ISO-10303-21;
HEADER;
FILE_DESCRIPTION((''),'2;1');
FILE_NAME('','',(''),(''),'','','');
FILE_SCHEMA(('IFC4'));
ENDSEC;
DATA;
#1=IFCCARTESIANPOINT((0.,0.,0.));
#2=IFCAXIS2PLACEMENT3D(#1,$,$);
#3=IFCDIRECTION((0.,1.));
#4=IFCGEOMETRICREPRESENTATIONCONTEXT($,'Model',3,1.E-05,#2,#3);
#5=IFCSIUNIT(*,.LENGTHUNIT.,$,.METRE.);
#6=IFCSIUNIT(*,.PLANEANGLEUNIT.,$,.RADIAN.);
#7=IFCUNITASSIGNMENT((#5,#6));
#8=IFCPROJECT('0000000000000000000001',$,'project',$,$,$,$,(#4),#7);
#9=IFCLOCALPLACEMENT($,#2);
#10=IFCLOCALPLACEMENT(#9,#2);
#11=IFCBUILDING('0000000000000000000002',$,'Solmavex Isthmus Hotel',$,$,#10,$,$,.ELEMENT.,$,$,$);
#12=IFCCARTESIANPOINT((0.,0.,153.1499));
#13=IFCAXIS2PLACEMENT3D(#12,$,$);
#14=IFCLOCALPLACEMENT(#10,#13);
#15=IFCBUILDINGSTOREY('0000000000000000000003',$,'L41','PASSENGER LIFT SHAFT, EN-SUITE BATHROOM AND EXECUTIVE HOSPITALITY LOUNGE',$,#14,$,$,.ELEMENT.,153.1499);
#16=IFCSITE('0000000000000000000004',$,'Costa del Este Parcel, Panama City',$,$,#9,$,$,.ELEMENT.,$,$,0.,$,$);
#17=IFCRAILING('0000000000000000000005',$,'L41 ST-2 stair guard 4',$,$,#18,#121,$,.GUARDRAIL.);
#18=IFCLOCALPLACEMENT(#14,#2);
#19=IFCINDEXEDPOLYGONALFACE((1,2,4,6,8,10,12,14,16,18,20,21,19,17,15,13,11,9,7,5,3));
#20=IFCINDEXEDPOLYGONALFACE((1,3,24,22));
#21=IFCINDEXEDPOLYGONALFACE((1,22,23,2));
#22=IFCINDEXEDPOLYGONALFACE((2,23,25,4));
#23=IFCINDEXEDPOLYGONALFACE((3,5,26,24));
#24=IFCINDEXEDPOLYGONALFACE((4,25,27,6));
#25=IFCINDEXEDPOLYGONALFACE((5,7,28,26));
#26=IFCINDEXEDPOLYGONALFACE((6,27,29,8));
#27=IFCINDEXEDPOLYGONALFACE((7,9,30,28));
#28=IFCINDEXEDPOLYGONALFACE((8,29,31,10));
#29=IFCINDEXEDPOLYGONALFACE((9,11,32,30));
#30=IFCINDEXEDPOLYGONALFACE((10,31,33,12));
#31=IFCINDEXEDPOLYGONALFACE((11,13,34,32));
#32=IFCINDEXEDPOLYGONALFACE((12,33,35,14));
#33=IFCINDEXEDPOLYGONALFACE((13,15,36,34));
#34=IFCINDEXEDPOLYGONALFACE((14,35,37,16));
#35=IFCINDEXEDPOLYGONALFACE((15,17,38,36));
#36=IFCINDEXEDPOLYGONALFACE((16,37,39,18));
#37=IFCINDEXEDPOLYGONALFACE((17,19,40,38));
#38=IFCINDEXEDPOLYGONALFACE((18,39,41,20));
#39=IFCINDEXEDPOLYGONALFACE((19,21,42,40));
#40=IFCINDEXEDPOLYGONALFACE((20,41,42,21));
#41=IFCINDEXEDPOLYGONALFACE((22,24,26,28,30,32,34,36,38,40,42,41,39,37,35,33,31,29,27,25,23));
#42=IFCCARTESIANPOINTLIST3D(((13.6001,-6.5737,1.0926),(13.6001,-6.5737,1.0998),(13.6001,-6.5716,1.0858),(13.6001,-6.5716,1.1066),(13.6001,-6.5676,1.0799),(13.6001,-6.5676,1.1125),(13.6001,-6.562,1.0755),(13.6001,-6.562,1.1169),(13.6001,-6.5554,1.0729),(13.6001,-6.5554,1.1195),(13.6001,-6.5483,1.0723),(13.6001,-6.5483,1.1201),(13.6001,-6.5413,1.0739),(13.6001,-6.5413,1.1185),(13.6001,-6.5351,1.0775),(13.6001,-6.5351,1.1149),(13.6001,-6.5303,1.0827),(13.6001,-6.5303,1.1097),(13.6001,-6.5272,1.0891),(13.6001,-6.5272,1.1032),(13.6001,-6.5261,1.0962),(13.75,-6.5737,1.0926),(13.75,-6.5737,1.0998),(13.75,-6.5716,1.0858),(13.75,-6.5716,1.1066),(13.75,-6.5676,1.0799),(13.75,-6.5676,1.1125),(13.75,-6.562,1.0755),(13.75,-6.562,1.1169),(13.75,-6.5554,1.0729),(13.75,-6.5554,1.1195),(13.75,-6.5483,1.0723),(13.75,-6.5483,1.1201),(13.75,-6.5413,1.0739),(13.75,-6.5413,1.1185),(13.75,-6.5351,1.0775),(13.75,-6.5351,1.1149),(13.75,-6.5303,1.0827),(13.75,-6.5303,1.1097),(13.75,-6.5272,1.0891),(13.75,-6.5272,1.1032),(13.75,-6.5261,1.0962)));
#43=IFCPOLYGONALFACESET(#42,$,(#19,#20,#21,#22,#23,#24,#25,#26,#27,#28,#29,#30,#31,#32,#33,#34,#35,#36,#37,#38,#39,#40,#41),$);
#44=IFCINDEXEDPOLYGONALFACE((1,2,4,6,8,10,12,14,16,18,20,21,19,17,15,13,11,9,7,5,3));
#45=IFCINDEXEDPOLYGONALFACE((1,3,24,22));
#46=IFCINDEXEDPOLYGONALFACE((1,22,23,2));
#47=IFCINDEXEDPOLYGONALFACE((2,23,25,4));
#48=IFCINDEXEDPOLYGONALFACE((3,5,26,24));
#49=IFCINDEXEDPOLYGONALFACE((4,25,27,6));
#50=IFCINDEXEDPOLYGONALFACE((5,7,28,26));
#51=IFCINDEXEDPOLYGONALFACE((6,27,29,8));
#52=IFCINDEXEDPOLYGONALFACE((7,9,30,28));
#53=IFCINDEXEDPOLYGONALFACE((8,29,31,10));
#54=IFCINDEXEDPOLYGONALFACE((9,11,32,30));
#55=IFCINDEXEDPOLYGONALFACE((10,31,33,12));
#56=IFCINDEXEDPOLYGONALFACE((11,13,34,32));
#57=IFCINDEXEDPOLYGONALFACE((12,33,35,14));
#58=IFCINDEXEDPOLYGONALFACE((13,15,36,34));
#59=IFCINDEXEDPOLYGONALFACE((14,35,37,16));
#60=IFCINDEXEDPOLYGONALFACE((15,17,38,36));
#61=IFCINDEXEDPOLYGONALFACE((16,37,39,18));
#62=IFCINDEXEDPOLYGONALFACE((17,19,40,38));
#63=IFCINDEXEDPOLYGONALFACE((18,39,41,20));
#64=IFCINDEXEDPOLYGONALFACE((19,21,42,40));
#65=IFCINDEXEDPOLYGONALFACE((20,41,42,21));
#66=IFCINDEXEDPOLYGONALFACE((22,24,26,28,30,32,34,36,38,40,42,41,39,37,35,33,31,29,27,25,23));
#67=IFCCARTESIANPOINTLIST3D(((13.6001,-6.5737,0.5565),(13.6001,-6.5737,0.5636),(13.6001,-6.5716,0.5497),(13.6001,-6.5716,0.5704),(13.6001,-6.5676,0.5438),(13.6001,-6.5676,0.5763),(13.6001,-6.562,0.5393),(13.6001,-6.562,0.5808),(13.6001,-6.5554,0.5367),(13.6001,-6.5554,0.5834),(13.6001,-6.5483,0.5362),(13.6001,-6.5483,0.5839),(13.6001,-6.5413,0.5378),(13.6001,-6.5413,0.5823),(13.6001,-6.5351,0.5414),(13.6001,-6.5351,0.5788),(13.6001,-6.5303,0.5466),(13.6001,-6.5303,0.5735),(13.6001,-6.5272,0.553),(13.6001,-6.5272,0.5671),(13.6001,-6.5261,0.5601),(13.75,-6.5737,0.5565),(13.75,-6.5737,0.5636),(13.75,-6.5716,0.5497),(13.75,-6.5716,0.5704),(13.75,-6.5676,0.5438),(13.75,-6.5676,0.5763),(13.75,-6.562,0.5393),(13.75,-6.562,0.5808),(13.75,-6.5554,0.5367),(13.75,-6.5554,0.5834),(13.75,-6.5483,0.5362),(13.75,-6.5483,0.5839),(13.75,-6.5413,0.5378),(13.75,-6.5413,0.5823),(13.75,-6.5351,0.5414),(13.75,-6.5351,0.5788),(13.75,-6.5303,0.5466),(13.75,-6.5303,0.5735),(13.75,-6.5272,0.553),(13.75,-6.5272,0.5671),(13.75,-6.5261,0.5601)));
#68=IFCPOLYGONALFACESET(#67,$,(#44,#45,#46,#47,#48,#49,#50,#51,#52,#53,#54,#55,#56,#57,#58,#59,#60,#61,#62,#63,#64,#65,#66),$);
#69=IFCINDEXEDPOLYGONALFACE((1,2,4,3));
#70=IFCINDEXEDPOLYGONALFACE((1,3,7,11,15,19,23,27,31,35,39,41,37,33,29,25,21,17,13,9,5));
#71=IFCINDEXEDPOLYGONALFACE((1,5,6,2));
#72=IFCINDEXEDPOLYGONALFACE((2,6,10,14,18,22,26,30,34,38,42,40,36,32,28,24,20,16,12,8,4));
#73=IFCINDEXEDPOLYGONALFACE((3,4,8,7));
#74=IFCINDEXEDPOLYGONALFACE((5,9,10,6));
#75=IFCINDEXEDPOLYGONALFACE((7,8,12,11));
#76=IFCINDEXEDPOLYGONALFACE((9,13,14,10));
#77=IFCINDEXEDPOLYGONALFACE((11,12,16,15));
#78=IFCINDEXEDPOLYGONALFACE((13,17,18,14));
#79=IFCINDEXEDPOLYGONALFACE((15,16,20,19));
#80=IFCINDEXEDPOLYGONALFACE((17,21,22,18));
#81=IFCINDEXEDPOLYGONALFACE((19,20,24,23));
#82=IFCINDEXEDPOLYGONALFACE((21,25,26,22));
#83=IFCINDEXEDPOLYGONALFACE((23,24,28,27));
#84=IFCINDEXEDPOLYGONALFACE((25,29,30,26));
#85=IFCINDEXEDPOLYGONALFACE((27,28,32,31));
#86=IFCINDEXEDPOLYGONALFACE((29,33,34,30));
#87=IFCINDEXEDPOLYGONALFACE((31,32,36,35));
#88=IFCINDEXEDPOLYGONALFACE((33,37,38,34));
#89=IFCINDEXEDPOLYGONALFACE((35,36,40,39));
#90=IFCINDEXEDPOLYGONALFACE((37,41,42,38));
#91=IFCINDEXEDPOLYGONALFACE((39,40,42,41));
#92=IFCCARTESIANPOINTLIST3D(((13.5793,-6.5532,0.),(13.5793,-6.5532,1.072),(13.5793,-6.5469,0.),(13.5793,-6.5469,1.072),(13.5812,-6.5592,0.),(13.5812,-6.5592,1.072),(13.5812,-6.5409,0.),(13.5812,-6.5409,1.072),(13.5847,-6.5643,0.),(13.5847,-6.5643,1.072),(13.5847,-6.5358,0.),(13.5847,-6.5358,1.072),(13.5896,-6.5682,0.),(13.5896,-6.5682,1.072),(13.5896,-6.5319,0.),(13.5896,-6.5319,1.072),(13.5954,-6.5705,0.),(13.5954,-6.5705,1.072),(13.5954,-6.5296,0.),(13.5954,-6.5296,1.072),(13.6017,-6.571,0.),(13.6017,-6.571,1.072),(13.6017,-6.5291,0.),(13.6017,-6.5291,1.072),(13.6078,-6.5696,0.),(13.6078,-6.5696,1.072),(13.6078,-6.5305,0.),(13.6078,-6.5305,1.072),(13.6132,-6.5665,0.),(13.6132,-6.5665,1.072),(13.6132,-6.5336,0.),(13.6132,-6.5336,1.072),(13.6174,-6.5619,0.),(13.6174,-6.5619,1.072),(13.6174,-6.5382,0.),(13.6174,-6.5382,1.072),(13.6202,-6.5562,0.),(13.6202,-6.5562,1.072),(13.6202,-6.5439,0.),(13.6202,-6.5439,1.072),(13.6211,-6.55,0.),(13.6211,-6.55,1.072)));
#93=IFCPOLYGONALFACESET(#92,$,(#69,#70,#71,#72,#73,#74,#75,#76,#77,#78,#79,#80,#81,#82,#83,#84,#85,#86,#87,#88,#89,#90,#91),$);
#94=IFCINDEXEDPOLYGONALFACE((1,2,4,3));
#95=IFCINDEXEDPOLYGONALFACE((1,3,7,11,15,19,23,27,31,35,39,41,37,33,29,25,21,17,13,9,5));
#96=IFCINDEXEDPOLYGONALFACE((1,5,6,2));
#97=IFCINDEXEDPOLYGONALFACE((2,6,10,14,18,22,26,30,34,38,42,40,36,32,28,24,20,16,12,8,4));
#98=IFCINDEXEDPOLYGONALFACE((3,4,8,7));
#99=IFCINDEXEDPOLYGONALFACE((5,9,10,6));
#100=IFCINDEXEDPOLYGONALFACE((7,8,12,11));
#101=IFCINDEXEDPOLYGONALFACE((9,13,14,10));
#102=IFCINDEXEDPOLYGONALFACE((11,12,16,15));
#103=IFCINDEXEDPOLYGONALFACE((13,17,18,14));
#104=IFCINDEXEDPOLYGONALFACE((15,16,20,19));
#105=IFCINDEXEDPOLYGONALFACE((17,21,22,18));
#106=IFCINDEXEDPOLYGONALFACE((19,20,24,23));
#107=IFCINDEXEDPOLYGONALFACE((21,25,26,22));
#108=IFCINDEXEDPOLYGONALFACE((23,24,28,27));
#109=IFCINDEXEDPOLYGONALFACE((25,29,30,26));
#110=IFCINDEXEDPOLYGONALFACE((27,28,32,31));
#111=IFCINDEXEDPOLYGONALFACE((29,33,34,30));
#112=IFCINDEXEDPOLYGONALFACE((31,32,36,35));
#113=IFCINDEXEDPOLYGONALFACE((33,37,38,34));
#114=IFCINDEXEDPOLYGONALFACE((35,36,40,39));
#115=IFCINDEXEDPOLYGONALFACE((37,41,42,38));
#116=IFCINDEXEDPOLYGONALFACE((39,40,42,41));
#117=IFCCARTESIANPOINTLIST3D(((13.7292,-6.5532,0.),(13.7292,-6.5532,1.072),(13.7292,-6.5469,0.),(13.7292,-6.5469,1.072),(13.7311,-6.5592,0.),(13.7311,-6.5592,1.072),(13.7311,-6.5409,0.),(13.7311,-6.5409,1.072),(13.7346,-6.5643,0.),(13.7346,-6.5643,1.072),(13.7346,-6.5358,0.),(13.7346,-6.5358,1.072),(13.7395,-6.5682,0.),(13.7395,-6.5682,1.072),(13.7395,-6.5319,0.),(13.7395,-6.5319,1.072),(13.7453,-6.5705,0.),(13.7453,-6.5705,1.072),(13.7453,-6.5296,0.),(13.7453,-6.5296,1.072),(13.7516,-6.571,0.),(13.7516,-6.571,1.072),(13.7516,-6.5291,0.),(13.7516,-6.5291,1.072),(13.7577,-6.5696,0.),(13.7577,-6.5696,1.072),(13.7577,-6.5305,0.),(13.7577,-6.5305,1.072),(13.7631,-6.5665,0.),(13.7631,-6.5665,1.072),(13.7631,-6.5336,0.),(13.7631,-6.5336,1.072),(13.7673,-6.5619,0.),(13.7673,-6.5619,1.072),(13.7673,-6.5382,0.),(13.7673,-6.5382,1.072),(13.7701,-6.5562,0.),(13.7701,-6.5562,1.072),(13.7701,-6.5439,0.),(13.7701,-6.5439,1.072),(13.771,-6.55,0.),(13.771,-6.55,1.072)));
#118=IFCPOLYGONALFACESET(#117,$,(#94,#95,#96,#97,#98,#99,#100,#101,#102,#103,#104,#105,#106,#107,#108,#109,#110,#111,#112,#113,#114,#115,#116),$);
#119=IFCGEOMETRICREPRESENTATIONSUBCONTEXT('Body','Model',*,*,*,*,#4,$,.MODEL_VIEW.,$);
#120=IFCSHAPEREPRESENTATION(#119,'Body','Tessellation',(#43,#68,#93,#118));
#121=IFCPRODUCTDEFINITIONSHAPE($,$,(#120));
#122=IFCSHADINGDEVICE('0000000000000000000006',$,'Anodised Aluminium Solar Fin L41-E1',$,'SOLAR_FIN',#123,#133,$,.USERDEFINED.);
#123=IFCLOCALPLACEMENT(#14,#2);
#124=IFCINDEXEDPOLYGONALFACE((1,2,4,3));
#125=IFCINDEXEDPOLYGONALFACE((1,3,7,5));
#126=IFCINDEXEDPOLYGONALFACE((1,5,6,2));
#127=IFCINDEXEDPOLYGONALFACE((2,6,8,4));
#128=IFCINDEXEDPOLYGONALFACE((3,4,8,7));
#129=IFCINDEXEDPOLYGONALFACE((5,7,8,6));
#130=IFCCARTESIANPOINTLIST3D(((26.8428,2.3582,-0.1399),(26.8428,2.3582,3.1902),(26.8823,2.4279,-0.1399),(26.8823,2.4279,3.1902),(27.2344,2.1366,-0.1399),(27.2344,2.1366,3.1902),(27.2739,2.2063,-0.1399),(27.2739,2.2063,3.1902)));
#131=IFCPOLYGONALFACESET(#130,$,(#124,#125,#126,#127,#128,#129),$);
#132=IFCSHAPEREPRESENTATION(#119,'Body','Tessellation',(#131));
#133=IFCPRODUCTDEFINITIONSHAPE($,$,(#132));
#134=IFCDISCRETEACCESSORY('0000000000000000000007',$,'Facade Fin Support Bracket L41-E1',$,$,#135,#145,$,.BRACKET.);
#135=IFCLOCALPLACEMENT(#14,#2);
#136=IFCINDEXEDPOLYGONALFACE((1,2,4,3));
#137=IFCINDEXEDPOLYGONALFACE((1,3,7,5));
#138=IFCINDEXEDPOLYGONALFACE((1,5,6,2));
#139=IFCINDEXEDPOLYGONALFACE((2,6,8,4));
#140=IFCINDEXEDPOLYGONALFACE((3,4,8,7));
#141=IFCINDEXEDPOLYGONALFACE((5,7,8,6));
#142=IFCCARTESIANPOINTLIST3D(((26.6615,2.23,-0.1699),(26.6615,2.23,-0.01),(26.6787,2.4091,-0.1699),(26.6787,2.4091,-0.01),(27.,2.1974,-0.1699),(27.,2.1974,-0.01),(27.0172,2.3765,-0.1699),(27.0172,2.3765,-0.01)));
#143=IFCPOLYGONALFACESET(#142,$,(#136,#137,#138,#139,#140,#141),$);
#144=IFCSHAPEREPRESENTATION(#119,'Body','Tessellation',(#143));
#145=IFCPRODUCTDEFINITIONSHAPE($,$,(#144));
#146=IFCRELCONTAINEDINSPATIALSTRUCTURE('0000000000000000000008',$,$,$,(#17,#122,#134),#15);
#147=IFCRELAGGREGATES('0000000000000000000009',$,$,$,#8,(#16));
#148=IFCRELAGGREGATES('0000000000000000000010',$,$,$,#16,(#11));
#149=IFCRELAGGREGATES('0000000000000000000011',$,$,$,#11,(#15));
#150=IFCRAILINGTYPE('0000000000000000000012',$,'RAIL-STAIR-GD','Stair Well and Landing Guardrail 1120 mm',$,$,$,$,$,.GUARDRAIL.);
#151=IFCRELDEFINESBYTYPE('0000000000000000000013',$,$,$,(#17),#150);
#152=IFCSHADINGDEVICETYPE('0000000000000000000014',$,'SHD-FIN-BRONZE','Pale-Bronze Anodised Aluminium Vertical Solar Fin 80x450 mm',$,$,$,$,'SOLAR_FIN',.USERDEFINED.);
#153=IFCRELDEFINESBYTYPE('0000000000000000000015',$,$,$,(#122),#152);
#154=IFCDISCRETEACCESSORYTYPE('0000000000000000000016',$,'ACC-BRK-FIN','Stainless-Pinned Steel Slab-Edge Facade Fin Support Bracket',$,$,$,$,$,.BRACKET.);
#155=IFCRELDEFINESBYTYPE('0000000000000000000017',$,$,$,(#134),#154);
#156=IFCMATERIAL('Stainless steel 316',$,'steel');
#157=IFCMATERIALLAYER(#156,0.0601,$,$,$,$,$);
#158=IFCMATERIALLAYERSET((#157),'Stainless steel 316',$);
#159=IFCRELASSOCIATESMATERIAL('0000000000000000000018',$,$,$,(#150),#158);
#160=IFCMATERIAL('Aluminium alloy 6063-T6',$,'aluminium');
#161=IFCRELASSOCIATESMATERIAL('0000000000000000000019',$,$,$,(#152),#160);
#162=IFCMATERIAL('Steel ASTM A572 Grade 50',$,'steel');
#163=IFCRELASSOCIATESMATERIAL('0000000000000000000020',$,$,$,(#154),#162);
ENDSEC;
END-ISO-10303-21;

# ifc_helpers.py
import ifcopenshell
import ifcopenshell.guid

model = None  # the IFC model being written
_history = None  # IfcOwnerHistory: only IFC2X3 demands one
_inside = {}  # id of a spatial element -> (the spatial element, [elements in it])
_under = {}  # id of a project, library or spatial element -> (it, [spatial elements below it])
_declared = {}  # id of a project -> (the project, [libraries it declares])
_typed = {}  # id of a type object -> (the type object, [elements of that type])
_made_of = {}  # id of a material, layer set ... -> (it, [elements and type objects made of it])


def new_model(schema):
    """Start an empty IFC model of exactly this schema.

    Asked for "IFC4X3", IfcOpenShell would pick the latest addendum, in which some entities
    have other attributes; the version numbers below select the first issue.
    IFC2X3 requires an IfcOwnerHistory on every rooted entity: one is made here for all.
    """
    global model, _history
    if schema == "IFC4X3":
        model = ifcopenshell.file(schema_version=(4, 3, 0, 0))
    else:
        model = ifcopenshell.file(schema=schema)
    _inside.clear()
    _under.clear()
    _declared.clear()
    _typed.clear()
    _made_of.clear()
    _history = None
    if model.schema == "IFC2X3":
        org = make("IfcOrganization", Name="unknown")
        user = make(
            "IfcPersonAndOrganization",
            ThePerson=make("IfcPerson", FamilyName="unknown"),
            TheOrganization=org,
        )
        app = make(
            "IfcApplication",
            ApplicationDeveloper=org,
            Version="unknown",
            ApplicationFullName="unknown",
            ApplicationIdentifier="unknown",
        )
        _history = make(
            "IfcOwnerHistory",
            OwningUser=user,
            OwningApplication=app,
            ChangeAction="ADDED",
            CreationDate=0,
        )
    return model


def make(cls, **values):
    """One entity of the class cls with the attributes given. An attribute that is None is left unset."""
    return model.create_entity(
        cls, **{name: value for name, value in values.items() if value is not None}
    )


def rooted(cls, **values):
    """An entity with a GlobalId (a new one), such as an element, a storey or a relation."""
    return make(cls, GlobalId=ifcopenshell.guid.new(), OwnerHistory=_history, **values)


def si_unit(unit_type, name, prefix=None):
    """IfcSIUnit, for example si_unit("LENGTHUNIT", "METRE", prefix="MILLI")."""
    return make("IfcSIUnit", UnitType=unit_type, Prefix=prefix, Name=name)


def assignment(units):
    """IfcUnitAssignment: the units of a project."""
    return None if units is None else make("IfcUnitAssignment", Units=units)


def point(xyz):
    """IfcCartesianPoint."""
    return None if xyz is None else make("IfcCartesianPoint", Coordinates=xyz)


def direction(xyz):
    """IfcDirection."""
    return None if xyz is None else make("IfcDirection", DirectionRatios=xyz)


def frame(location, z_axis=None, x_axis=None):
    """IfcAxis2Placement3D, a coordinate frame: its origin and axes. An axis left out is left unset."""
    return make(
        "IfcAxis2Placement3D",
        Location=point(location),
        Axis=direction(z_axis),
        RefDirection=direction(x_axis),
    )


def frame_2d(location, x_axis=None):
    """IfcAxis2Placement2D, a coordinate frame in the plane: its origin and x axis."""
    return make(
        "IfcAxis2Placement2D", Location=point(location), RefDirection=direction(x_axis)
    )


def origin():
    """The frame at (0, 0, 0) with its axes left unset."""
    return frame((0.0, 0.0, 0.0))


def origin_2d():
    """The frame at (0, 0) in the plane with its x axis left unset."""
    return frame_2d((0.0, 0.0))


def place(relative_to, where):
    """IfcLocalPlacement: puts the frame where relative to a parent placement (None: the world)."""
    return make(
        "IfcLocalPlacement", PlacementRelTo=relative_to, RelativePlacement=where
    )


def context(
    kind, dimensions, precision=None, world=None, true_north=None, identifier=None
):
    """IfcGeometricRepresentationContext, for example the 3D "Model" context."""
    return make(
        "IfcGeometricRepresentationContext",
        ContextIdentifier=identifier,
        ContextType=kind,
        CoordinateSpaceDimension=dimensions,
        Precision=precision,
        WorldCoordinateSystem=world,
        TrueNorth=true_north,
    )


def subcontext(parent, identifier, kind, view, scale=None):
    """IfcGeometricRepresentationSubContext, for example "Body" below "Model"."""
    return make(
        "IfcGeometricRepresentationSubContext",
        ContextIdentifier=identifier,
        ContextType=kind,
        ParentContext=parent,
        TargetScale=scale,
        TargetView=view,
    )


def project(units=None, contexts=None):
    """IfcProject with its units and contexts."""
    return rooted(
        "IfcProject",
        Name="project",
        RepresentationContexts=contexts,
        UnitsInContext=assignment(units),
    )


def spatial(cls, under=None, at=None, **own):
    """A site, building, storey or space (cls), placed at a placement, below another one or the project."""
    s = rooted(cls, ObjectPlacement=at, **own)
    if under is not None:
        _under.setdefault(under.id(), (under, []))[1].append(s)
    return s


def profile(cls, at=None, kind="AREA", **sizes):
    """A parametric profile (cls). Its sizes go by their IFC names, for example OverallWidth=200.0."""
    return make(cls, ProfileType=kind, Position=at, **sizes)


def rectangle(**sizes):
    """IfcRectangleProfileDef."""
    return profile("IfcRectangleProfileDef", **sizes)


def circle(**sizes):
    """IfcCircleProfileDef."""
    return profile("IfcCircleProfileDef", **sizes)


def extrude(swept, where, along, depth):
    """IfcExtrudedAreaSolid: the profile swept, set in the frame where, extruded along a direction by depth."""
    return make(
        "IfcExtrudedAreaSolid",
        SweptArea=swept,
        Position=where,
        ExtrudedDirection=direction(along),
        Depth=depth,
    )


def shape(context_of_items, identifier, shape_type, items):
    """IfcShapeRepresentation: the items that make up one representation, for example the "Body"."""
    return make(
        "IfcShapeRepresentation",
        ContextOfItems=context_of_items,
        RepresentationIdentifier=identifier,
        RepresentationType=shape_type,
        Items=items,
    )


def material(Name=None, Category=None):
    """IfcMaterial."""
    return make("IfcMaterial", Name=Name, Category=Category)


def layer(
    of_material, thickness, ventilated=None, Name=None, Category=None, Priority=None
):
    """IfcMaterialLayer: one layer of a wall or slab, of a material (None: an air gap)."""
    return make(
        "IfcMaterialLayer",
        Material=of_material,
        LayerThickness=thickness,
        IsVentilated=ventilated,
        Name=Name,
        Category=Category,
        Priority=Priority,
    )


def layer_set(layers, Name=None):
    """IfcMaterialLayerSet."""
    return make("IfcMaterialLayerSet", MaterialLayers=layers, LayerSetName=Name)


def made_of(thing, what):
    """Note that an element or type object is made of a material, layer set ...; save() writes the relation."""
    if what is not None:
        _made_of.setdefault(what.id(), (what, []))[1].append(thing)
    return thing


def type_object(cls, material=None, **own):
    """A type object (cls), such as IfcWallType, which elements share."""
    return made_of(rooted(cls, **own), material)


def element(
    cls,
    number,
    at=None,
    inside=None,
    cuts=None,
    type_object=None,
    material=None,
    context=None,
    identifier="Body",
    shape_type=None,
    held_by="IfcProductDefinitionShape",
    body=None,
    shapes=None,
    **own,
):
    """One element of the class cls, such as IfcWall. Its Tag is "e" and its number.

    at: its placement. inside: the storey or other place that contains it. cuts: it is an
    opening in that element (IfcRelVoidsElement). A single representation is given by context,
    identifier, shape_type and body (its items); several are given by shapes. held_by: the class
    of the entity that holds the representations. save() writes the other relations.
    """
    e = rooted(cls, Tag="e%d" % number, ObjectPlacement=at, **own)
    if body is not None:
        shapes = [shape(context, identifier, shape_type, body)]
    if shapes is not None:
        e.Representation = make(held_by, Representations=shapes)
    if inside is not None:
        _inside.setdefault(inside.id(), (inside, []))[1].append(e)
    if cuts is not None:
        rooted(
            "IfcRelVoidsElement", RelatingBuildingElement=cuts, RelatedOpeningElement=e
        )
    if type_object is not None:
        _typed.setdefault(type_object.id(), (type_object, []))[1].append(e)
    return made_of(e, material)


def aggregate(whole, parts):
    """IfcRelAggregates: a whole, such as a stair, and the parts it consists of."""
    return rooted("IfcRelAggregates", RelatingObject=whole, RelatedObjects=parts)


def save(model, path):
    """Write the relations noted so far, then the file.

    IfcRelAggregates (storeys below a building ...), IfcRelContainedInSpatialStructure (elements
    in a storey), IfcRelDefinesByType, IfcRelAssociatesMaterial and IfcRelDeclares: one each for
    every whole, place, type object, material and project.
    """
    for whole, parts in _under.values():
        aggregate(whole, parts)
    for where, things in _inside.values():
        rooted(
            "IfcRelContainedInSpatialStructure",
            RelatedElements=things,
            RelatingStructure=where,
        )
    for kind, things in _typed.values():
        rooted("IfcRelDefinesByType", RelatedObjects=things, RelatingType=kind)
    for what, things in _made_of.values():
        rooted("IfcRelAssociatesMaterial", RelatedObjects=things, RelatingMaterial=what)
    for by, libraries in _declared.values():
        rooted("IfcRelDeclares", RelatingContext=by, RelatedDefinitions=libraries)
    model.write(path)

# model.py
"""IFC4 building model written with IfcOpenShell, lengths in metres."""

from ifc_helpers import new_model, si_unit, direction, frame, origin, origin_2d, place, context, subcontext, project, spatial, rectangle, circle, extrude, material, layer, layer_set, type_object, element, save


model = new_model("IFC4")

# Units and contexts
model_context = context("Model", 3, precision=1e-05, world=origin(), true_north=direction((0.0, 1.0)))
body_context = subcontext(model_context, "Body", "Model", "MODEL_VIEW")
ifc_project = project(units=[si_unit("LENGTHUNIT", "METRE"), si_unit("PLANEANGLEUNIT", "RADIAN")], contexts=[model_context])

# Site, building, storey
site_placement = place(None, origin())
site = spatial("IfcSite", under=ifc_project, at=site_placement, Name="Costa del Este Parcel, Panama City", CompositionType="ELEMENT", RefElevation=0.0)
building_placement = place(site_placement, origin())
building = spatial("IfcBuilding", under=site, at=building_placement, Name="Solmavex Isthmus Hotel", CompositionType="ELEMENT")
storey_placement = place(building_placement, frame((0.0, 0.0, 153.1499)))
storey = spatial("IfcBuildingStorey", under=building, at=storey_placement, Name="L41", Description="PASSENGER LIFT SHAFT, EN-SUITE BATHROOM AND EXECUTIVE HOSPITALITY LOUNGE", CompositionType="ELEMENT", Elevation=153.1499)

# Shared definitions
ifc_material_1 = material(Name="Aluminium alloy 6063-T6", Category="aluminium")

# Railing
ifc_material_2 = material(Name="Stainless steel 316", Category="steel")
ifc_layer_1 = layer(ifc_material_2, 0.0601)
ifc_layer_set_1 = layer_set([ifc_layer_1], Name="Stainless steel 316")
railing_type = type_object("IfcRailingType", Name="RAIL-STAIR-GD", Description="Stair Well and Landing Guardrail 1120 mm", PredefinedType="GUARDRAIL", material=ifc_layer_set_1)
railing_1_placement = place(storey_placement, frame((13.6001, -6.55, 0.0)))
element("IfcRailing", 1, at=railing_1_placement, inside=storey, type_object=railing_type, Name="L41 ST-2 stair guard 4", PredefinedType="GUARDRAIL", context=body_context, shape_type="SweptSolid", body=[
    extrude(circle(Radius=0.0239, at=origin_2d()), frame((0.0, 0.0, 1.0962), z_axis=(1.0, 0.0, 0.0), x_axis=(0.0, 1.0, 0.0)), (0.0, 0.0, 1.0), 0.1499),
    extrude(circle(Radius=0.0239, at=origin_2d()), frame((0.0, 0.0, 0.5601), z_axis=(1.0, 0.0, 0.0), x_axis=(0.0, 1.0, 0.0)), (0.0, 0.0, 1.0), 0.1499),
    extrude(circle(Radius=0.021, at=origin_2d()), origin(), (0.0, 0.0, 1.0), 1.072),
    extrude(circle(Radius=0.021, at=origin_2d()), frame((0.1499, 0.0, 0.0)), (0.0, 0.0, 1.0), 1.072),
])

# Shading device
shading_device_type = type_object("IfcShadingDeviceType", Name="SHD-FIN-BRONZE", Description="Pale-Bronze Anodised Aluminium Vertical Solar Fin 80x450 mm", ElementType="SOLAR_FIN", PredefinedType="USERDEFINED", material=ifc_material_1)
shading_device_placement = place(storey_placement, frame((27.0583, 2.2822, -0.1399), z_axis=(0.0, 0.0, 1.0), x_axis=(0.870356, -0.492424, 0.0)))
element("IfcShadingDevice", 2, at=shading_device_placement, inside=storey, type_object=shading_device_type, Name="Anodised Aluminium Solar Fin L41-E1", ObjectType="SOLAR_FIN", PredefinedType="USERDEFINED", context=body_context, shape_type="SweptSolid", body=[
    extrude(rectangle(XDim=0.45, YDim=0.0801, at=origin_2d()), origin(), (0.0, 0.0, 1.0), 3.3301),
])

# Discrete accessory
ifc_material_3 = material(Name="Steel ASTM A572 Grade 50", Category="steel")
discrete_accessory_type = type_object("IfcDiscreteAccessoryType", Name="ACC-BRK-FIN", Description="Stainless-Pinned Steel Slab-Edge Facade Fin Support Bracket", PredefinedType="BRACKET", material=ifc_material_3)
discrete_accessory_placement = place(storey_placement, frame((26.8394, 2.3032, -0.1699), z_axis=(0.0, 0.0, 1.0), x_axis=(0.995396, -0.095846, 0.0)))
element("IfcDiscreteAccessory", 3, at=discrete_accessory_placement, inside=storey, type_object=discrete_accessory_type, Name="Facade Fin Support Bracket L41-E1", PredefinedType="BRACKET", context=body_context, shape_type="SweptSolid", body=[
    extrude(rectangle(XDim=0.3401, YDim=0.1799, at=origin_2d()), origin(), (0.0, 0.0, 1.0), 0.1599),
])

save(model, "model.ifc")
